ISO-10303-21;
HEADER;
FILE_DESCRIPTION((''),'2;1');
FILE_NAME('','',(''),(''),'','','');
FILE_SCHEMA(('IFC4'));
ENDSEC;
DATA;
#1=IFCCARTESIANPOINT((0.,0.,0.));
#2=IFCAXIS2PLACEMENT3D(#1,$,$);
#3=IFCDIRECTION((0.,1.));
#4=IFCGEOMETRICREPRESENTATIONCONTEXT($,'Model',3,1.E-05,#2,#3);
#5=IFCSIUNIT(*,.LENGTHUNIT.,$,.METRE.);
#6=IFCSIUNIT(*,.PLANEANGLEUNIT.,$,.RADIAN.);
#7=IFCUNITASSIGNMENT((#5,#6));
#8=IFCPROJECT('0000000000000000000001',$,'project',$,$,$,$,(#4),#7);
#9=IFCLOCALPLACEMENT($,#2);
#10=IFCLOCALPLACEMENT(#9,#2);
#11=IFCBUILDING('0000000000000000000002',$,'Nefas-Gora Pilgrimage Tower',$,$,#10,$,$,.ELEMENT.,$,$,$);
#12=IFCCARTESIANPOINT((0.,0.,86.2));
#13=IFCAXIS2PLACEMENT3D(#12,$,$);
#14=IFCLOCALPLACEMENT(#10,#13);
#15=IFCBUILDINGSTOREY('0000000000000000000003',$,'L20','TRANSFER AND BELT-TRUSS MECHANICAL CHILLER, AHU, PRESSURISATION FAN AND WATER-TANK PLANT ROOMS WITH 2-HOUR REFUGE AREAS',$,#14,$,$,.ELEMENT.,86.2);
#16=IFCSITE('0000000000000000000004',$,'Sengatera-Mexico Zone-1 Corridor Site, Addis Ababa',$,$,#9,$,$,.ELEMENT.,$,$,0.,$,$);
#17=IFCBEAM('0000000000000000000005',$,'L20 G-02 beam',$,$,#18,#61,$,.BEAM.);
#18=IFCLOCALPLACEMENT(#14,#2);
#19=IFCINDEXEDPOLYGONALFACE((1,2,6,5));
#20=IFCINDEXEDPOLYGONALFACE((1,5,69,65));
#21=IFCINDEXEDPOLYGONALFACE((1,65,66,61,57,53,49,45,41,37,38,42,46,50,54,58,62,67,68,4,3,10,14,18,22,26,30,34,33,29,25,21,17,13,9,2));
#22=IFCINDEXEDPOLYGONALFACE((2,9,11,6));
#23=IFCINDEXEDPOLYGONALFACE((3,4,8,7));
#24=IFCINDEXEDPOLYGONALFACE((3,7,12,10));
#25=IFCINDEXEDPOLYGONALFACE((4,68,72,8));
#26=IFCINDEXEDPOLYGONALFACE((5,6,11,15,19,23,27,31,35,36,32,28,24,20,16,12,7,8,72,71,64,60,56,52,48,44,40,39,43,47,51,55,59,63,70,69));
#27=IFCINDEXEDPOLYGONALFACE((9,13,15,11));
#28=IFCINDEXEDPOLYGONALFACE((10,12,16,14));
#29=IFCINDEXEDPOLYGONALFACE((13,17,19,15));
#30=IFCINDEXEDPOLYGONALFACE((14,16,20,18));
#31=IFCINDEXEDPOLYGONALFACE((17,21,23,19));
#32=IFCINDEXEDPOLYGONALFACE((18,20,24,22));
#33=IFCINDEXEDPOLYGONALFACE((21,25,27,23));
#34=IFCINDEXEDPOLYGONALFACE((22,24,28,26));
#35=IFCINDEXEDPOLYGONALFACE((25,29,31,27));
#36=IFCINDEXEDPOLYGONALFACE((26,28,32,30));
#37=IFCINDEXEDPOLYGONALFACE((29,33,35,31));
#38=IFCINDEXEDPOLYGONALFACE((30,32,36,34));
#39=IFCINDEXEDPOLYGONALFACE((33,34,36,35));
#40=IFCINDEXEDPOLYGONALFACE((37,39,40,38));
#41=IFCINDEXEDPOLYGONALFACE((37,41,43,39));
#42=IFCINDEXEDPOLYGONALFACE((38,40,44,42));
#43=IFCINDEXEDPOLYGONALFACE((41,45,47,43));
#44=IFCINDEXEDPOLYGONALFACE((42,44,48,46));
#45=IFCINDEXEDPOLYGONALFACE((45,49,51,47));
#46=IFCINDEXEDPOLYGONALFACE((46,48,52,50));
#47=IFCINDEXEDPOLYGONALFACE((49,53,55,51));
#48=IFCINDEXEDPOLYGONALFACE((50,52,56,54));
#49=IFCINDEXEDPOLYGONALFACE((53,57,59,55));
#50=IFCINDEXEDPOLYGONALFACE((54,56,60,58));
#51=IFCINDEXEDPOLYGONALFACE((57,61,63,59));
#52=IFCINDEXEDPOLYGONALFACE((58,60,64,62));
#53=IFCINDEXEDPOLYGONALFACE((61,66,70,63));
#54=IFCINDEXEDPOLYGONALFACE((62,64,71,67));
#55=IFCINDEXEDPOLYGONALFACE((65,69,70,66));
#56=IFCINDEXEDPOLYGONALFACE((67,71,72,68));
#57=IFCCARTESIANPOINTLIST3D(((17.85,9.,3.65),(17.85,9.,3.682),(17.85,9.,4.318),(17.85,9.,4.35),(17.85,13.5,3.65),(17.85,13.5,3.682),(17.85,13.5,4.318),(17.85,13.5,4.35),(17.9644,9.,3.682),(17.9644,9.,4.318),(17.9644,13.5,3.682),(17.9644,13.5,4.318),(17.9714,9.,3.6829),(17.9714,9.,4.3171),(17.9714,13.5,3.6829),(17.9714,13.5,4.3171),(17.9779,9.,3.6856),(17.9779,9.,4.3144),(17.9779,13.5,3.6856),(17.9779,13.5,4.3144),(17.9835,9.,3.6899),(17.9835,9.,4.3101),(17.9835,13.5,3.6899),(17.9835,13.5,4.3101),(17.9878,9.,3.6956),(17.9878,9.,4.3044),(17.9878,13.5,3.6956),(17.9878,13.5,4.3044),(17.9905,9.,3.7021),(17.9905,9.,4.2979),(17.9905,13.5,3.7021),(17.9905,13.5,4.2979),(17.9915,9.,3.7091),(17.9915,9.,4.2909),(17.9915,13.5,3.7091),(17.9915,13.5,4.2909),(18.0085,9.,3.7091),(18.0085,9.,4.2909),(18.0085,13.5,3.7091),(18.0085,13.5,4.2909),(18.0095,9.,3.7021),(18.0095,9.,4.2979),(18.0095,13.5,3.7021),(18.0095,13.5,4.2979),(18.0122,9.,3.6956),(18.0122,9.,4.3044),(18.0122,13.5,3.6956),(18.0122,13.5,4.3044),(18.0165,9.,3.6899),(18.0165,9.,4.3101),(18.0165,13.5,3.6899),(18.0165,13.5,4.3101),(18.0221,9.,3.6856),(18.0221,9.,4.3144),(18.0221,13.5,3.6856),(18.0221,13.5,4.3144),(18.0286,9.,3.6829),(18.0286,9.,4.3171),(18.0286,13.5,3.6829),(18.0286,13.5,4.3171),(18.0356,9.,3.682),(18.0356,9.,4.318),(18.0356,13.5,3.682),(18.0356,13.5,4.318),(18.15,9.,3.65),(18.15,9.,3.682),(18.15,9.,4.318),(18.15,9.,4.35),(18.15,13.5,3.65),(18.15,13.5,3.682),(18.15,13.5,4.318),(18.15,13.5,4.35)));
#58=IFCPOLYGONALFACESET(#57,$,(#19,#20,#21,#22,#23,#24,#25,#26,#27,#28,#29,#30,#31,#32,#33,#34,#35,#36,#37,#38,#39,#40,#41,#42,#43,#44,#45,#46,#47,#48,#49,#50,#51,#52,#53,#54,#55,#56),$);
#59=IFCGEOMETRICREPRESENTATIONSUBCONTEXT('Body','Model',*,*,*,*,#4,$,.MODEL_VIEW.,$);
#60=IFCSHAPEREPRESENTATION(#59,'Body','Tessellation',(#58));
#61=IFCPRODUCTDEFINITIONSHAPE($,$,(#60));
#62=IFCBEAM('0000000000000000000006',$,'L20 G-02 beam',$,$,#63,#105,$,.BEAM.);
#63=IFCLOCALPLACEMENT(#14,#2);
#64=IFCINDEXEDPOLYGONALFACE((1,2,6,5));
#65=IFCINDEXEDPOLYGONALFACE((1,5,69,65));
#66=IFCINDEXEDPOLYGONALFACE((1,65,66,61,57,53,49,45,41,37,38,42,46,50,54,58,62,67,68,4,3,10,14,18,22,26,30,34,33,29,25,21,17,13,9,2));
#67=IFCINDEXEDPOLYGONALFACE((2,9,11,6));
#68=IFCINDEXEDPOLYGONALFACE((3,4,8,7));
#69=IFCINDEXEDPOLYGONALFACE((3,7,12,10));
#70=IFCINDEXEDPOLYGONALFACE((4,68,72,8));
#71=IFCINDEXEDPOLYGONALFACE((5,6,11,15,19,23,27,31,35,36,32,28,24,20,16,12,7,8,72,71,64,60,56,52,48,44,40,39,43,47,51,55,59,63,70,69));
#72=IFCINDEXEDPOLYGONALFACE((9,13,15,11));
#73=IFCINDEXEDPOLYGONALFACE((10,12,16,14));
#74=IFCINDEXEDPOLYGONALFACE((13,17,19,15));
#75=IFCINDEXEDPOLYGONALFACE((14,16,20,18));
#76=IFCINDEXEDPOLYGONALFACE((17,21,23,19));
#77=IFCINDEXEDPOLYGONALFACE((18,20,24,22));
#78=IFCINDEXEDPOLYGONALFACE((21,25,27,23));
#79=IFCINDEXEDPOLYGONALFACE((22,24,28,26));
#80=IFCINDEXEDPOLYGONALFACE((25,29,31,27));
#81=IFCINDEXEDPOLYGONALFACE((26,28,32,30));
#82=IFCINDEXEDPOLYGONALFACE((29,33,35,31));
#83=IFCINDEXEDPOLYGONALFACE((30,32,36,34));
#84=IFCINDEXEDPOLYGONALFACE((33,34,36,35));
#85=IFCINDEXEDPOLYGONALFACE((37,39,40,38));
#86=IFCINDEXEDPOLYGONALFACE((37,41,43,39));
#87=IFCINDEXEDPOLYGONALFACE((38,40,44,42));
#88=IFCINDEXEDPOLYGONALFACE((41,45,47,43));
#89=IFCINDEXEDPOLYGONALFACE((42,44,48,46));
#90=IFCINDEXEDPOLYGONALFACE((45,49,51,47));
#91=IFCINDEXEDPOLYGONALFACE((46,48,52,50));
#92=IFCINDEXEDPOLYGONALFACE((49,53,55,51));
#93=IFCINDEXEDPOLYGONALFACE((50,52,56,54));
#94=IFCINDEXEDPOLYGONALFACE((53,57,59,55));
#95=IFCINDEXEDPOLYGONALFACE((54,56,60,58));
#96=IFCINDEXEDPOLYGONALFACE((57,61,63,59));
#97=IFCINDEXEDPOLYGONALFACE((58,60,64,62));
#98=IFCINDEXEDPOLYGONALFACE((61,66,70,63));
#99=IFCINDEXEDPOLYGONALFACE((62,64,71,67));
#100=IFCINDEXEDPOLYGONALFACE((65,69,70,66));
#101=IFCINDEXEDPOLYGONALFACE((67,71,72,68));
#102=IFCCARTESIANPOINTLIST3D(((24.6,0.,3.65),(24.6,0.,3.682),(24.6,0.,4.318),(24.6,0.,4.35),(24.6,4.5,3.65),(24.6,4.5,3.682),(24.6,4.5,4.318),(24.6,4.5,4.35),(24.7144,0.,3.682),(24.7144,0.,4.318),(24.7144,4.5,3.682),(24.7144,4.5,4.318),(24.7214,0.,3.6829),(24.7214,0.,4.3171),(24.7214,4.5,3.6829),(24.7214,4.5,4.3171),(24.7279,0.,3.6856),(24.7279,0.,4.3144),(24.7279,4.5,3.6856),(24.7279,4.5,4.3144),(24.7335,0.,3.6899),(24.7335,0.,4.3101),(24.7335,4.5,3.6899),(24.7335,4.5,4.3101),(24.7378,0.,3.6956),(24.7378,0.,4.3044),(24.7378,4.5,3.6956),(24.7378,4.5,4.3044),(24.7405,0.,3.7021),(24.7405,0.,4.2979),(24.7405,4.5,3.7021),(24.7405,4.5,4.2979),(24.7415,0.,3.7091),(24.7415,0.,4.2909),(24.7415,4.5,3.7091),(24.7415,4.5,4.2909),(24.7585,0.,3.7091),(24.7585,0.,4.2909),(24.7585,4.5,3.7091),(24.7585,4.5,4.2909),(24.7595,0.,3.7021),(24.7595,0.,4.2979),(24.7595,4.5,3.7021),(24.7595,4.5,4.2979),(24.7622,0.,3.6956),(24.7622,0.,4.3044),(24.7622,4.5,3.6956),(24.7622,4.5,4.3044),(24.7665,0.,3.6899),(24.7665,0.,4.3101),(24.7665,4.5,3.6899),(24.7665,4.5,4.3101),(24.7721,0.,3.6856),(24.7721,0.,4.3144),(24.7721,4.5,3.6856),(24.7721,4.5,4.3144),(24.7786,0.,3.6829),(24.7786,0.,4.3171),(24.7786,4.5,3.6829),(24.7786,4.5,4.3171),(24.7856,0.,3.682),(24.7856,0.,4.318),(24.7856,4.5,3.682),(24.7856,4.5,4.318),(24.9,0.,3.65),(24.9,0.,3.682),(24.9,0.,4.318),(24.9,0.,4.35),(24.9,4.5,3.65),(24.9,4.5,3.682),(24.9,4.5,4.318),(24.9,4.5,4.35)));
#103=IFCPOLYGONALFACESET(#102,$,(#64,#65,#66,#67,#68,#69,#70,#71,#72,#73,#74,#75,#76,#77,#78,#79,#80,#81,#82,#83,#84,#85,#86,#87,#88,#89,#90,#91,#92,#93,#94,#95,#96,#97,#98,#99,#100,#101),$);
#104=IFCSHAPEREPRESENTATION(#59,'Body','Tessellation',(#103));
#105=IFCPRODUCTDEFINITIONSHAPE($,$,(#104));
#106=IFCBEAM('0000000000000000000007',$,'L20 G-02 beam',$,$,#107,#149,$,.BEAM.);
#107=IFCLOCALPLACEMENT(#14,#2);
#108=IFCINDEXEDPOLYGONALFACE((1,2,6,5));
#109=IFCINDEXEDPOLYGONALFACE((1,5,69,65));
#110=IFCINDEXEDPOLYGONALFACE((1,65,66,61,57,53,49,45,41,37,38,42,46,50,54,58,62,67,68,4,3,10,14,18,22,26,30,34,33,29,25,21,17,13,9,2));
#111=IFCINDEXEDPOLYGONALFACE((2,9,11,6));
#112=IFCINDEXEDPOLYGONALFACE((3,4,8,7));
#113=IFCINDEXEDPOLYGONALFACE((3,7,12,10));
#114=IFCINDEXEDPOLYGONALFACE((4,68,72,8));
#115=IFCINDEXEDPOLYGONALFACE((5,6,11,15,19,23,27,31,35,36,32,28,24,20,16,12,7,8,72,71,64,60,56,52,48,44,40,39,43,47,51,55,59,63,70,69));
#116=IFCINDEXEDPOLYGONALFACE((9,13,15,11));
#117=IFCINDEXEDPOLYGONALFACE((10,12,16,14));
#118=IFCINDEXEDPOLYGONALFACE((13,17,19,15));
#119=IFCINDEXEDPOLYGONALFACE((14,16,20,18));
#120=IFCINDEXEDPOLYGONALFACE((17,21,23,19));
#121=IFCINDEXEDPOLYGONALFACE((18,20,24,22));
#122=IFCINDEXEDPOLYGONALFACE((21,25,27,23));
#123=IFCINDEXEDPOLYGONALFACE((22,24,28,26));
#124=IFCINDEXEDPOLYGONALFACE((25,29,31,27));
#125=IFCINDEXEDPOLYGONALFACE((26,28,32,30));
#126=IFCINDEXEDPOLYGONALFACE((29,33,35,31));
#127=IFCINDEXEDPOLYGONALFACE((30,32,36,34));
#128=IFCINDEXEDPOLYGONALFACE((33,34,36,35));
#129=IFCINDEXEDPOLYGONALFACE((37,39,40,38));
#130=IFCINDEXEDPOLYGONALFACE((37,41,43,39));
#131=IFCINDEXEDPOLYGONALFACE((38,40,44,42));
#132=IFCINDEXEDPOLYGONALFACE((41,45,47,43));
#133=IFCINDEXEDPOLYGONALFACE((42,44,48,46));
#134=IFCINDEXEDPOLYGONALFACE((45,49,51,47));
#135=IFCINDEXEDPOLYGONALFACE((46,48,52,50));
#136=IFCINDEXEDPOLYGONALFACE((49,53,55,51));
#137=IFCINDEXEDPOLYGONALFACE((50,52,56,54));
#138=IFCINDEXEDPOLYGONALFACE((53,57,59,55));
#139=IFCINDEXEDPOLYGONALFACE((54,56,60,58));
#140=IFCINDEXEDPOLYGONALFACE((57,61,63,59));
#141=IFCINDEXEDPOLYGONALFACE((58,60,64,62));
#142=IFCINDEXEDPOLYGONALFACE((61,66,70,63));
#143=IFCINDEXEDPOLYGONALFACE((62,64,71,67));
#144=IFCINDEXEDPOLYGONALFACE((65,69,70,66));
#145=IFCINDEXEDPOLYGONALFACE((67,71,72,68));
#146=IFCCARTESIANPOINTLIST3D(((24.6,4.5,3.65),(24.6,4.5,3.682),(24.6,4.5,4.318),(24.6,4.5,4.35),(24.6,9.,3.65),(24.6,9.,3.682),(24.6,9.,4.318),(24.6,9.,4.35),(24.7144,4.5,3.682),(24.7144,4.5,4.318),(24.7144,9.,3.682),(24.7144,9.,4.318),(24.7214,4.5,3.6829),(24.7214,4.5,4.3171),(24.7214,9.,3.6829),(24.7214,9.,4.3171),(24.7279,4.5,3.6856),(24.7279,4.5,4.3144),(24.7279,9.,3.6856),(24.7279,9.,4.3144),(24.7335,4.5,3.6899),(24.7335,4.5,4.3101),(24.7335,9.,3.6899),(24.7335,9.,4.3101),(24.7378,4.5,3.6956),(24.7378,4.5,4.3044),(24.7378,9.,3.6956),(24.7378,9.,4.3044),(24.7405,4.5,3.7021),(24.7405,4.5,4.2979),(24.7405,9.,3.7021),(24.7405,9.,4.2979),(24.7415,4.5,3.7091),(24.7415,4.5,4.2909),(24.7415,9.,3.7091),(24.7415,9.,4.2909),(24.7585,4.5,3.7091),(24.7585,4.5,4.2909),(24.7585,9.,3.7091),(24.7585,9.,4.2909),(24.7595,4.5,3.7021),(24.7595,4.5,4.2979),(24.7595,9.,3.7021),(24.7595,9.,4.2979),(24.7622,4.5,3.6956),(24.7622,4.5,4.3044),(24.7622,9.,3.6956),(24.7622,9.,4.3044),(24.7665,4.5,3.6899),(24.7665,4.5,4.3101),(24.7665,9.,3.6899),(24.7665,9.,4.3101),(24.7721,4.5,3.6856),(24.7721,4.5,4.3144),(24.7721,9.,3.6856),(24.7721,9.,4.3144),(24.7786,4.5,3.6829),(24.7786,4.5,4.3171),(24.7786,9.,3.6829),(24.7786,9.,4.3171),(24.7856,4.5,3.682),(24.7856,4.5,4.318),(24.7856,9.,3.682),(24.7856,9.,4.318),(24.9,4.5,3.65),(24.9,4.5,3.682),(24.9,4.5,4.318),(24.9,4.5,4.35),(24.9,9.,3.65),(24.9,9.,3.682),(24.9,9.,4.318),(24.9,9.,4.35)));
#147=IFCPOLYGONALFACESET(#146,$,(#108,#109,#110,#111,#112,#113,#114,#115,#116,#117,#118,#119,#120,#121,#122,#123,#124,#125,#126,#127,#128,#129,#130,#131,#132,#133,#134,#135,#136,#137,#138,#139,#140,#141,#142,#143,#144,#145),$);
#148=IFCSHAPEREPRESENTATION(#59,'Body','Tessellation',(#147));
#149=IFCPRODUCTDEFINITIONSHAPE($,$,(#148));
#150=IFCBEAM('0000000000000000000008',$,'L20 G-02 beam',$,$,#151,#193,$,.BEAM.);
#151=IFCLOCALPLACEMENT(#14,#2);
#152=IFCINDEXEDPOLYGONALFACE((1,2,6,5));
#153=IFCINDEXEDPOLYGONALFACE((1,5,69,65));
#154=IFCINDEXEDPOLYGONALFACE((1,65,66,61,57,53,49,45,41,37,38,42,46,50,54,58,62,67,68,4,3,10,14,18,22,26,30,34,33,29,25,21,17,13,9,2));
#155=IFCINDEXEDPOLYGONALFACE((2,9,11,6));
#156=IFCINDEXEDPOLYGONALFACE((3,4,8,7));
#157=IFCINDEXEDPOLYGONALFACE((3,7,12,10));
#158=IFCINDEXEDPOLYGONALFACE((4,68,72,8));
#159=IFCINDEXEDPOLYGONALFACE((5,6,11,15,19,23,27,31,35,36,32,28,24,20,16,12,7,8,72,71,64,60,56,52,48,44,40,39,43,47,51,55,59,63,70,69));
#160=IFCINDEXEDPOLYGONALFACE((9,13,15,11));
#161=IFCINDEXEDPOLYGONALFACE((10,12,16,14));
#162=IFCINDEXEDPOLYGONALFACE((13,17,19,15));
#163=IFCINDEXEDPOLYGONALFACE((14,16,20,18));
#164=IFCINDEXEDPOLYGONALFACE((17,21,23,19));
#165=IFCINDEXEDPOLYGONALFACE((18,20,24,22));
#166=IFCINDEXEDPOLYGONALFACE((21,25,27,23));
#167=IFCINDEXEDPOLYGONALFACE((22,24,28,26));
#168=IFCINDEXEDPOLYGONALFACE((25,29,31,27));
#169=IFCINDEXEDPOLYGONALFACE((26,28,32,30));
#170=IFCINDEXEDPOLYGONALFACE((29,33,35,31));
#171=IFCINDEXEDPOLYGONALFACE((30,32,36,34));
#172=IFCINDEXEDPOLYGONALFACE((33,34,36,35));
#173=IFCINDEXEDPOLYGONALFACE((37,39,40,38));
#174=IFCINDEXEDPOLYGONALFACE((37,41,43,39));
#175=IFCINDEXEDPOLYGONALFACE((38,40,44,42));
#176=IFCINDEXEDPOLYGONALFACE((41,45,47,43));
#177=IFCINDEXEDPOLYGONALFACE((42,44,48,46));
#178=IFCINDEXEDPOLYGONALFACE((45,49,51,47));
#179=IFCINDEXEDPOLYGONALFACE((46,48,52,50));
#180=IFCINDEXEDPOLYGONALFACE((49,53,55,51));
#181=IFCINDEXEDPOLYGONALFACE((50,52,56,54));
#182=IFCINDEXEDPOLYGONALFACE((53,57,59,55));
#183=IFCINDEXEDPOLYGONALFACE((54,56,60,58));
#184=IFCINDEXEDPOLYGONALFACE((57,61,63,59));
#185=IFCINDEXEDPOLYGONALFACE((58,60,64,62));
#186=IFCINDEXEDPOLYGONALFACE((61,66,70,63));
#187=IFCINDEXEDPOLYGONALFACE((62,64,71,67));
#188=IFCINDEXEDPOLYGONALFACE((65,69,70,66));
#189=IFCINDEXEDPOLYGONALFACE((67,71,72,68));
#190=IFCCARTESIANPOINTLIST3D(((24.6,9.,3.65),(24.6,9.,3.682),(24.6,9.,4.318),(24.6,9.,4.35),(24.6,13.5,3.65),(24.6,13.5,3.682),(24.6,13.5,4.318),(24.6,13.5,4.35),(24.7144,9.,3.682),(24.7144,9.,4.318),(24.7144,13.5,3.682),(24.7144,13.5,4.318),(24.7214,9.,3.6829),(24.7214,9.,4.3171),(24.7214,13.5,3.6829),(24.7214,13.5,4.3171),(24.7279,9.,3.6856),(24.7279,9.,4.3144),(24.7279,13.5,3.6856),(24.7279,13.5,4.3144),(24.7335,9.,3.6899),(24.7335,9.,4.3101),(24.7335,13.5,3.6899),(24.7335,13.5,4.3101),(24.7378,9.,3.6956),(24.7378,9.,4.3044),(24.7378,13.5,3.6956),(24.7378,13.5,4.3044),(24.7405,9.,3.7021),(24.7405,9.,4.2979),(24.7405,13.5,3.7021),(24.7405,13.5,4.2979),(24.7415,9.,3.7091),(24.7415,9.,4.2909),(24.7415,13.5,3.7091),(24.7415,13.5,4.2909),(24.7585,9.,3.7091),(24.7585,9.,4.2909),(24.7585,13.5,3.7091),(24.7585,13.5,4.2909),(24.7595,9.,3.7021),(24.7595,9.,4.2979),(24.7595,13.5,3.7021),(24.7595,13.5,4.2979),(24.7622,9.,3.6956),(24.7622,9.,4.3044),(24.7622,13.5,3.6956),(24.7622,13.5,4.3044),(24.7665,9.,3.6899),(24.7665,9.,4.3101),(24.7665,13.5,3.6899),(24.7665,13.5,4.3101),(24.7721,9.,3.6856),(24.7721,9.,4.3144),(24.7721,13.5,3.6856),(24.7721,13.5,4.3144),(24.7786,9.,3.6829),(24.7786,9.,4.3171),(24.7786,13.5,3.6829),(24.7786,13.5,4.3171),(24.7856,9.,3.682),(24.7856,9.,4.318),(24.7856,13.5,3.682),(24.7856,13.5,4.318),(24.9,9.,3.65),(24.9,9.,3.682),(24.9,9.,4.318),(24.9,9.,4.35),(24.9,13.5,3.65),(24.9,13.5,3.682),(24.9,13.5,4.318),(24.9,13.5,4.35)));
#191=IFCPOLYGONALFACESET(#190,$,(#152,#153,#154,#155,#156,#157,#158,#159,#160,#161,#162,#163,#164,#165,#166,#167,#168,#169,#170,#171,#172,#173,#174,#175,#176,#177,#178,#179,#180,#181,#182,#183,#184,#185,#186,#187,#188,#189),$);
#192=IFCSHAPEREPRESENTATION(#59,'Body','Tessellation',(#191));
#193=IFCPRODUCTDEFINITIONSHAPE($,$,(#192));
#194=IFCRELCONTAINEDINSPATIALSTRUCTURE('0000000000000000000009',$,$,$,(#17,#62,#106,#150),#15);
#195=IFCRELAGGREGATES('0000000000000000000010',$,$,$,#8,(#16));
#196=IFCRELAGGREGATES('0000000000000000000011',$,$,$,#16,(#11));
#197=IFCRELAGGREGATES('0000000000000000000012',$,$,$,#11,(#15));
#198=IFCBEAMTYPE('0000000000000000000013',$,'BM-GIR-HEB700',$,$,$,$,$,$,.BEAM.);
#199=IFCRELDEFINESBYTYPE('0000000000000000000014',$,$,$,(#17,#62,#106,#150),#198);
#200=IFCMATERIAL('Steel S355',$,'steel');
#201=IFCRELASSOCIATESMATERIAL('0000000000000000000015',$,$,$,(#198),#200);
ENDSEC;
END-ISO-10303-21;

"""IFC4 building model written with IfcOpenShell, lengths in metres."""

from ifc_helpers import new_model, si_unit, direction, frame, origin, origin_2d, place, context, subcontext, project, spatial, i_section, extrude, source, transform, mapped, material, material_profile, profile_set, type_object, element, save


model = new_model("IFC4")

# Units and contexts
model_context = context("Model", 3, precision=1e-05, world=origin(), true_north=direction((0.0, 1.0)))
body_context = subcontext(model_context, "Body", "Model", "MODEL_VIEW")
ifc_project = project(units=[si_unit("LENGTHUNIT", "METRE"), si_unit("PLANEANGLEUNIT", "RADIAN")], contexts=[model_context])

# Site, building, storey
site_placement = place(None, origin())
site = spatial("IfcSite", under=ifc_project, at=site_placement, Name="Sengatera-Mexico Zone-1 Corridor Site, Addis Ababa", CompositionType="ELEMENT", RefElevation=0.0)
building_placement = place(site_placement, origin())
building = spatial("IfcBuilding", under=site, at=building_placement, Name="Nefas-Gora Pilgrimage Tower", CompositionType="ELEMENT")
storey_placement = place(building_placement, frame((0.0, 0.0, 86.2)))
storey = spatial("IfcBuildingStorey", under=building, at=storey_placement, Name="L20", Description="TRANSFER AND BELT-TRUSS MECHANICAL CHILLER, AHU, PRESSURISATION FAN AND WATER-TANK PLANT ROOMS WITH 2-HOUR REFUGE AREAS", CompositionType="ELEMENT", Elevation=86.2)

# Beams
ifc_material_1 = material(Name="Steel S355", Category="steel")
ifc_material_profile_1 = material_profile(ifc_material_1, i_section(OverallWidth=0.3, OverallDepth=0.7, WebThickness=0.0171, FlangeThickness=0.032, FilletRadius=0.0271, at=origin_2d()), Name="HEB 700")
ifc_profile_set_1 = profile_set([ifc_material_profile_1], Name="Steel S355")
beam_type_1 = type_object("IfcBeamType", Name="BM-GIR-HEB700", PredefinedType="BEAM", material=ifc_profile_set_1)
shared_shape_1 = source(origin(), body_context, "Body", "SweptSolid", [
    extrude(i_section(OverallWidth=0.3, OverallDepth=0.7, WebThickness=0.0171, FlangeThickness=0.032, FilletRadius=0.0271, at=origin_2d()), origin(), (0.0, 0.0, 1.0), 4.5),
])
for number, where, z_axis, x_axis, name in (
    (1, (18.0, 9.0, 4.0), (0.0, 1.0, 0.0), (-1.0, 0.0, 0.0), "L20 G-02 beam"),
    (2, (24.75, 0.0, 4.0), (0.0, 1.0, 0.0), (-1.0, 0.0, 0.0), "L20 G-02 beam"),
    (3, (24.75, 4.5, 4.0), (0.0, 1.0, 0.0), (-1.0, 0.0, 0.0), "L20 G-02 beam"),
    (4, (24.75, 9.0, 4.0), (0.0, 1.0, 0.0), (-1.0, 0.0, 0.0), "L20 G-02 beam"),
):
    element("IfcBeam", number, at=place(storey_placement, frame(where, z_axis=z_axis, x_axis=x_axis)), inside=storey, type_object=beam_type_1, Name=name, PredefinedType="BEAM", context=body_context, shape_type="MappedRepresentation", body=[
        mapped(shared_shape_1, transform((0.0, 0.0, 0.0), x_axis=(1.0, 0.0, 0.0), y_axis=(0.0, 1.0, 0.0), z_axis=(0.0, 0.0, 1.0), scale=1.0)),
    ])

save(model, "model.ifc")
